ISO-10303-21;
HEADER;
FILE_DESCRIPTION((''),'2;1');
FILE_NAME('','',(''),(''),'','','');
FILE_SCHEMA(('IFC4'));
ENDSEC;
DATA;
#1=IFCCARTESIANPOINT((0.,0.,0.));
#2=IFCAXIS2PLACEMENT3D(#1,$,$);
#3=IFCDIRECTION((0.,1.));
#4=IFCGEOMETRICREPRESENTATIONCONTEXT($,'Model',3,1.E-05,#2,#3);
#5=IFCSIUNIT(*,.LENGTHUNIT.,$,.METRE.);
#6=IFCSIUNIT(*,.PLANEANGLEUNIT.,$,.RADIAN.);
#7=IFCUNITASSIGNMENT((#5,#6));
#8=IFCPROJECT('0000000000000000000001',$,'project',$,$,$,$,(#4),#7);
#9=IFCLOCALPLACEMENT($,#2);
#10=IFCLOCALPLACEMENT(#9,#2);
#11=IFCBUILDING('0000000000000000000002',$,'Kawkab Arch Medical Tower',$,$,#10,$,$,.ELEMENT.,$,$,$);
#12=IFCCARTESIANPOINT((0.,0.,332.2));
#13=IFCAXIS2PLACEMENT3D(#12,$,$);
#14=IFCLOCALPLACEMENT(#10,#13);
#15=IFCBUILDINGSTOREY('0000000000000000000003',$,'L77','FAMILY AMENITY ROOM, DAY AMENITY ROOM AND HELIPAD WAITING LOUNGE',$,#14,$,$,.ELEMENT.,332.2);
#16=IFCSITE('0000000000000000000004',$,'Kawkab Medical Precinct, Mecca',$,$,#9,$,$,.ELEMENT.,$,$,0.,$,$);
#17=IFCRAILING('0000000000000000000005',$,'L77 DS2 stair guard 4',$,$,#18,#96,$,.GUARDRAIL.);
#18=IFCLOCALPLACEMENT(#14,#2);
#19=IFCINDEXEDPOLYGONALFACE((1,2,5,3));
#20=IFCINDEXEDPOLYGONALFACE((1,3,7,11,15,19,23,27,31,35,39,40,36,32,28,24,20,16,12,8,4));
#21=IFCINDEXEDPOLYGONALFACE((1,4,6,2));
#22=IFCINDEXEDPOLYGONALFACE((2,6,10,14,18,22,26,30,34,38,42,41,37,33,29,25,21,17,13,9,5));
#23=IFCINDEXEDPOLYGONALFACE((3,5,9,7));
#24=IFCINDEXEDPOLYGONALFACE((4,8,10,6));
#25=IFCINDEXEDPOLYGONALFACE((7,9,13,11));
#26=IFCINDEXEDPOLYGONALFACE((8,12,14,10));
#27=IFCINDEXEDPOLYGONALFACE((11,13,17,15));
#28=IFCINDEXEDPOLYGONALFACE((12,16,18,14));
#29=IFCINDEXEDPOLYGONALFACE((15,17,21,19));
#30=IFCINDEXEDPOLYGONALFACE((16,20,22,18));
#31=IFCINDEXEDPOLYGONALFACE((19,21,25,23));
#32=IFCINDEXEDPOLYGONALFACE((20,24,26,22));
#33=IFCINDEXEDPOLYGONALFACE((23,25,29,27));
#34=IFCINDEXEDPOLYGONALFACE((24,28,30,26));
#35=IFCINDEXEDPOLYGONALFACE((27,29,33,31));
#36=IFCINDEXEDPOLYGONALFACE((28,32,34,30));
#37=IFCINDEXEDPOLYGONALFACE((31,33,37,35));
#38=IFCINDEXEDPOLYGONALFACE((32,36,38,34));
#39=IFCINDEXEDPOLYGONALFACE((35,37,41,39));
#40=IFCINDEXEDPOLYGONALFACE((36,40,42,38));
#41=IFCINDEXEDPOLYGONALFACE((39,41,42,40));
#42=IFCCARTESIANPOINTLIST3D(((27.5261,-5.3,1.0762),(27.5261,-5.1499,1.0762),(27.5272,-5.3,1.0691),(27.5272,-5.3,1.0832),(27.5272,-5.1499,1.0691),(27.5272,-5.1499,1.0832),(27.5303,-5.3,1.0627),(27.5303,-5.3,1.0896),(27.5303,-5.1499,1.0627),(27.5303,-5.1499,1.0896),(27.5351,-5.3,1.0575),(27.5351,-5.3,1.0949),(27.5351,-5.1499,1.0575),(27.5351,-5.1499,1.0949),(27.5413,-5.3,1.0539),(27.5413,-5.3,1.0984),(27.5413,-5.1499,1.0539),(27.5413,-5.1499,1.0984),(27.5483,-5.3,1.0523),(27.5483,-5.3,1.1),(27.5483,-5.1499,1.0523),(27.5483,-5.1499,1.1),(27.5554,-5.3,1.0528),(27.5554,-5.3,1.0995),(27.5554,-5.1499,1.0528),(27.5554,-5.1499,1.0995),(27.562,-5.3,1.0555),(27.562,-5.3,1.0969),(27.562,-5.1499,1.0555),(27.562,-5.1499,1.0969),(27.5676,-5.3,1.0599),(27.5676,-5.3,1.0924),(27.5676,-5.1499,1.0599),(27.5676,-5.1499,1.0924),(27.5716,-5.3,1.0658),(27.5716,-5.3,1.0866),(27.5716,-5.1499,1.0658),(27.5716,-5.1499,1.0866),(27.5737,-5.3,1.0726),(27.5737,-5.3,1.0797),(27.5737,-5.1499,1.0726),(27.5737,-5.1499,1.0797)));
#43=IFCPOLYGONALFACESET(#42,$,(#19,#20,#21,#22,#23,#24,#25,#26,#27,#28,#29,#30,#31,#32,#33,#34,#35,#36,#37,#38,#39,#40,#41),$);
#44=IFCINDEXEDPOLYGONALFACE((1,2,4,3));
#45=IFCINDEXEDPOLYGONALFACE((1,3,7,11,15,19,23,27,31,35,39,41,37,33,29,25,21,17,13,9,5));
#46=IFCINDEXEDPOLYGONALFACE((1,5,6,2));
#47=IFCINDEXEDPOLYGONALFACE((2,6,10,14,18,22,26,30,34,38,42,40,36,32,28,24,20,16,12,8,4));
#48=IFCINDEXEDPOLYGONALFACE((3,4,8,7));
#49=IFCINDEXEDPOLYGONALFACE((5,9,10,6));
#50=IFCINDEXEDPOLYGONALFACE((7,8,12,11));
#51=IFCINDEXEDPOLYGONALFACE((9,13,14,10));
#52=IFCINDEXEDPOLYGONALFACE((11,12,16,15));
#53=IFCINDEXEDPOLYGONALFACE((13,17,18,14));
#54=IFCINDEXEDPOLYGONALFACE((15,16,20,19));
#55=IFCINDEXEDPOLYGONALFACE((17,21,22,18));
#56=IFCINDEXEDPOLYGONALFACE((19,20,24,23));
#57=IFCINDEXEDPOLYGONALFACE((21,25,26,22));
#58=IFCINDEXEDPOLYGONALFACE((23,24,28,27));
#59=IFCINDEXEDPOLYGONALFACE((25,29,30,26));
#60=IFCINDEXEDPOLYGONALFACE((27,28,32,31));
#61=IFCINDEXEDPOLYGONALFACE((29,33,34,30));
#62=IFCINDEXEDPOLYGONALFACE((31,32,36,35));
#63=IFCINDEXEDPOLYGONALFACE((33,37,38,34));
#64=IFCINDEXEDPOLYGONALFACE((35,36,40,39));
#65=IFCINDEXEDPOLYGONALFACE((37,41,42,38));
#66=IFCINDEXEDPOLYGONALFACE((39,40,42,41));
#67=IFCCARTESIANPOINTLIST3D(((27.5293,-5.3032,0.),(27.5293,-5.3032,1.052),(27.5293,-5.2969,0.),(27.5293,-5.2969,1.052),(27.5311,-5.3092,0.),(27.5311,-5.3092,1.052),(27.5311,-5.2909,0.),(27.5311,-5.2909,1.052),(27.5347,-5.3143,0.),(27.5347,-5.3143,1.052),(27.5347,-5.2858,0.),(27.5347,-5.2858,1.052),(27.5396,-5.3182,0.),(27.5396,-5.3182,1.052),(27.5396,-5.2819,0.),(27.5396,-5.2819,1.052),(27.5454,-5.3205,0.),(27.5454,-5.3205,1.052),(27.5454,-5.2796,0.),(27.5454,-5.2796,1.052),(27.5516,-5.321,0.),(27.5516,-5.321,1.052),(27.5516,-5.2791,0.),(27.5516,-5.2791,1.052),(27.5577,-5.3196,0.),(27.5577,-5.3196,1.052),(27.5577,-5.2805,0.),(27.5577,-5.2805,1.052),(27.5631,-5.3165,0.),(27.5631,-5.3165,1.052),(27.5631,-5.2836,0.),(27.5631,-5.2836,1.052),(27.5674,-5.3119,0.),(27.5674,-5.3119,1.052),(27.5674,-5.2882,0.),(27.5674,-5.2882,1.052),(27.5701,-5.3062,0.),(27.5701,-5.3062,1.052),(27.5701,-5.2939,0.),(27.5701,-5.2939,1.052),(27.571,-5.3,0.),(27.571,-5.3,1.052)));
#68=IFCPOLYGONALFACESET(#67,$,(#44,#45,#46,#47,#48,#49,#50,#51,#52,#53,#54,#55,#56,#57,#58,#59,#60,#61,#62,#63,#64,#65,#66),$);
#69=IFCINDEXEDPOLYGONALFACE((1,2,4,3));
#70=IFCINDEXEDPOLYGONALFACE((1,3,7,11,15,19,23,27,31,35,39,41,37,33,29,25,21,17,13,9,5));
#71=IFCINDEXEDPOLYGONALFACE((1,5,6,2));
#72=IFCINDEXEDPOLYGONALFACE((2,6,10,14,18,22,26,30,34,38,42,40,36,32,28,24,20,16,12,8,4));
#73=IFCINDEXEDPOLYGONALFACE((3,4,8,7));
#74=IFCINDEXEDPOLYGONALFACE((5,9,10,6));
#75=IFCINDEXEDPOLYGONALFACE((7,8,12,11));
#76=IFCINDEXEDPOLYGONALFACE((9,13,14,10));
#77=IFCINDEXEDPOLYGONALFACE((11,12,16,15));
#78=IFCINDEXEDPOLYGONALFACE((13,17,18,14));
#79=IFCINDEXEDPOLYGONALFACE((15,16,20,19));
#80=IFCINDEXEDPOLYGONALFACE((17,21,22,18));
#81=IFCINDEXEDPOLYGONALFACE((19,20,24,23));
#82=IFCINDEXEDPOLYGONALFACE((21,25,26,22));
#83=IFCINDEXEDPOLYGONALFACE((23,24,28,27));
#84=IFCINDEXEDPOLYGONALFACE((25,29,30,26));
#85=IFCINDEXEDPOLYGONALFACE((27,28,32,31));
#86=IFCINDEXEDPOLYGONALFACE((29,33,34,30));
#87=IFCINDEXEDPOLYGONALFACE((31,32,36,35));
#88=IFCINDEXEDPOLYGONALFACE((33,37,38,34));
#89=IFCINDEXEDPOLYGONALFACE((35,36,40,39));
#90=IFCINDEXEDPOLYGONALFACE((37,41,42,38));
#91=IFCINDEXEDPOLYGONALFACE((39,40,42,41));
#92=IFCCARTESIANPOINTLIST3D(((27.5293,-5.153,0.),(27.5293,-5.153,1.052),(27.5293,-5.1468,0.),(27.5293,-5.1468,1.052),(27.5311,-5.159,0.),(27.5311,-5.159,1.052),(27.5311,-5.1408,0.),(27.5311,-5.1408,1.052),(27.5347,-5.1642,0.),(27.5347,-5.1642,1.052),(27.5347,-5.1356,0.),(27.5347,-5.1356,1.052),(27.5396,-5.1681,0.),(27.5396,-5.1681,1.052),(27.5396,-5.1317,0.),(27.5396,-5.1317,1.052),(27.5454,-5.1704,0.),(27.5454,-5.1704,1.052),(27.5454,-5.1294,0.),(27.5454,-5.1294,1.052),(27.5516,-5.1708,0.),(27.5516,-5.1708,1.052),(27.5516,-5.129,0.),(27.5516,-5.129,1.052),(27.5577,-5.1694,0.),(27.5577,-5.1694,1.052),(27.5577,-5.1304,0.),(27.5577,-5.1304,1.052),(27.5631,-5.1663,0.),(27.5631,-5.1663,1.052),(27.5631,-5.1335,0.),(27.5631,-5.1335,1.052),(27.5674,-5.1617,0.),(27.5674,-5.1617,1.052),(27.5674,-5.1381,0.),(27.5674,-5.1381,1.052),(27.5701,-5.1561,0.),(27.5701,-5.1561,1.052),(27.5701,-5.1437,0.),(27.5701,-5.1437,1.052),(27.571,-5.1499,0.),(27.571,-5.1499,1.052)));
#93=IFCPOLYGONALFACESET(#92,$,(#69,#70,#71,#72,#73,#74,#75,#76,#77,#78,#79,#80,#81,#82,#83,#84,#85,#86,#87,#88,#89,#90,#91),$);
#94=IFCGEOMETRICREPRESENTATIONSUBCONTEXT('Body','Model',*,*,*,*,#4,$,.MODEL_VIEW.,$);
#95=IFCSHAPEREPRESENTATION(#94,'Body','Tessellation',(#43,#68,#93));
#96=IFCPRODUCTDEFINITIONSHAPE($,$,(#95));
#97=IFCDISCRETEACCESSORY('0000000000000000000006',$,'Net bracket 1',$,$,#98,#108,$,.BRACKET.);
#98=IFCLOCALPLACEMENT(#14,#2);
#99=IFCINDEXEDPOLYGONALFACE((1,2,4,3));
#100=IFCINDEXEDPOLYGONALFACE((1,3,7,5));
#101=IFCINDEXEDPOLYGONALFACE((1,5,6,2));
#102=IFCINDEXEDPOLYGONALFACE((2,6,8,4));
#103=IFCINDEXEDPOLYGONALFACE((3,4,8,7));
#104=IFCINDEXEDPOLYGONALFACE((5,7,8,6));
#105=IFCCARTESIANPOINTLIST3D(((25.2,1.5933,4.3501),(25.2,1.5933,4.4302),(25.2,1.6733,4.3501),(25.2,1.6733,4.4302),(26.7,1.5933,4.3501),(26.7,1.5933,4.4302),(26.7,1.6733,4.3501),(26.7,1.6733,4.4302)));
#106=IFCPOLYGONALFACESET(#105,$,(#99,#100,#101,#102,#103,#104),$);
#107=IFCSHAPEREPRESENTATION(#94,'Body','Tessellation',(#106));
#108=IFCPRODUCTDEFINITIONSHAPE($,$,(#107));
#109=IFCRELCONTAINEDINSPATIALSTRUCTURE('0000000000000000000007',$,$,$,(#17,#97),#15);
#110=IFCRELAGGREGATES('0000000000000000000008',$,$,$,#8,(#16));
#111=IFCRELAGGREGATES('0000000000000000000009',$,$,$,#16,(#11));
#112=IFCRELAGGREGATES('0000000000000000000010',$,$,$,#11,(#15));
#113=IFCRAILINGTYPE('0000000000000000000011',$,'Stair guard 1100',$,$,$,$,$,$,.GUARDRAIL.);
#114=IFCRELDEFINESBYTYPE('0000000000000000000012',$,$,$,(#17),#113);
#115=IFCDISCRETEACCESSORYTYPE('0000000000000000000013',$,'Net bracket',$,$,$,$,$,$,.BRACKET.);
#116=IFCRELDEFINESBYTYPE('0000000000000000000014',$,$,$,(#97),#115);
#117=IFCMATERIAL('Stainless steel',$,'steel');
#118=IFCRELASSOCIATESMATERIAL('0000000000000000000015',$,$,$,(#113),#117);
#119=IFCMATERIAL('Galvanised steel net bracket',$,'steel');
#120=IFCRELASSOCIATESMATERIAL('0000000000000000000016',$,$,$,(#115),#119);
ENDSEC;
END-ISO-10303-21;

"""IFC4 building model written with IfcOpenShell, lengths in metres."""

from ifc_helpers import new_model, si_unit, direction, frame, origin, origin_2d, place, context, subcontext, project, spatial, rectangle, circle, extrude, material, type_object, element, save


model = new_model("IFC4")

# Units and contexts
model_context = context("Model", 3, precision=1e-05, world=origin(), true_north=direction((0.0, 1.0)))
body_context = subcontext(model_context, "Body", "Model", "MODEL_VIEW")
ifc_project = project(units=[si_unit("LENGTHUNIT", "METRE"), si_unit("PLANEANGLEUNIT", "RADIAN")], contexts=[model_context])

# Site, building, storey
site_placement = place(None, origin())
site = spatial("IfcSite", under=ifc_project, at=site_placement, Name="Kawkab Medical Precinct, Mecca", CompositionType="ELEMENT", RefElevation=0.0)
building_placement = place(site_placement, origin())
building = spatial("IfcBuilding", under=site, at=building_placement, Name="Kawkab Arch Medical Tower", CompositionType="ELEMENT")
storey_placement = place(building_placement, frame((0.0, 0.0, 332.2)))
storey = spatial("IfcBuildingStorey", under=building, at=storey_placement, Name="L77", Description="FAMILY AMENITY ROOM, DAY AMENITY ROOM AND HELIPAD WAITING LOUNGE", CompositionType="ELEMENT", Elevation=332.2)

# Railing
ifc_material_1 = material(Name="Stainless steel", Category="steel")
railing_type = type_object("IfcRailingType", Name="Stair guard 1100", PredefinedType="GUARDRAIL", material=ifc_material_1)
railing_1_placement = place(storey_placement, frame((27.55, -5.3, 0.0)))
element("IfcRailing", 1, at=railing_1_placement, inside=storey, type_object=railing_type, Name="L77 DS2 stair guard 4", PredefinedType="GUARDRAIL", context=body_context, shape_type="SweptSolid", body=[
    extrude(circle(Radius=0.0239, at=origin_2d()), frame((0.0, 0.0, 1.0762), z_axis=(0.0, 1.0, 0.0), x_axis=(-1.0, 0.0, 0.0)), (0.0, 0.0, 1.0), 0.1501),
    extrude(circle(Radius=0.021, at=origin_2d()), origin(), (0.0, 0.0, 1.0), 1.052),
    extrude(circle(Radius=0.021, at=origin_2d()), frame((0.0, 0.1501, 0.0)), (0.0, 0.0, 1.0), 1.052),
])

# Discrete accessory
ifc_material_2 = material(Name="Galvanised steel net bracket", Category="steel")
discrete_accessory_type = type_object("IfcDiscreteAccessoryType", Name="Net bracket", PredefinedType="BRACKET", material=ifc_material_2)
discrete_accessory_placement = place(storey_placement, frame((25.95, 1.6333, 4.3501), z_axis=(0.0, 0.0, 1.0), x_axis=(1.0, 0.0, 0.0)))
element("IfcDiscreteAccessory", 2, at=discrete_accessory_placement, inside=storey, type_object=discrete_accessory_type, Name="Net bracket 1", PredefinedType="BRACKET", context=body_context, shape_type="SweptSolid", body=[
    extrude(rectangle(XDim=1.5, YDim=0.0801, at=origin_2d()), origin(), (0.0, 0.0, 1.0), 0.0801),
])

save(model, "model.ifc")
